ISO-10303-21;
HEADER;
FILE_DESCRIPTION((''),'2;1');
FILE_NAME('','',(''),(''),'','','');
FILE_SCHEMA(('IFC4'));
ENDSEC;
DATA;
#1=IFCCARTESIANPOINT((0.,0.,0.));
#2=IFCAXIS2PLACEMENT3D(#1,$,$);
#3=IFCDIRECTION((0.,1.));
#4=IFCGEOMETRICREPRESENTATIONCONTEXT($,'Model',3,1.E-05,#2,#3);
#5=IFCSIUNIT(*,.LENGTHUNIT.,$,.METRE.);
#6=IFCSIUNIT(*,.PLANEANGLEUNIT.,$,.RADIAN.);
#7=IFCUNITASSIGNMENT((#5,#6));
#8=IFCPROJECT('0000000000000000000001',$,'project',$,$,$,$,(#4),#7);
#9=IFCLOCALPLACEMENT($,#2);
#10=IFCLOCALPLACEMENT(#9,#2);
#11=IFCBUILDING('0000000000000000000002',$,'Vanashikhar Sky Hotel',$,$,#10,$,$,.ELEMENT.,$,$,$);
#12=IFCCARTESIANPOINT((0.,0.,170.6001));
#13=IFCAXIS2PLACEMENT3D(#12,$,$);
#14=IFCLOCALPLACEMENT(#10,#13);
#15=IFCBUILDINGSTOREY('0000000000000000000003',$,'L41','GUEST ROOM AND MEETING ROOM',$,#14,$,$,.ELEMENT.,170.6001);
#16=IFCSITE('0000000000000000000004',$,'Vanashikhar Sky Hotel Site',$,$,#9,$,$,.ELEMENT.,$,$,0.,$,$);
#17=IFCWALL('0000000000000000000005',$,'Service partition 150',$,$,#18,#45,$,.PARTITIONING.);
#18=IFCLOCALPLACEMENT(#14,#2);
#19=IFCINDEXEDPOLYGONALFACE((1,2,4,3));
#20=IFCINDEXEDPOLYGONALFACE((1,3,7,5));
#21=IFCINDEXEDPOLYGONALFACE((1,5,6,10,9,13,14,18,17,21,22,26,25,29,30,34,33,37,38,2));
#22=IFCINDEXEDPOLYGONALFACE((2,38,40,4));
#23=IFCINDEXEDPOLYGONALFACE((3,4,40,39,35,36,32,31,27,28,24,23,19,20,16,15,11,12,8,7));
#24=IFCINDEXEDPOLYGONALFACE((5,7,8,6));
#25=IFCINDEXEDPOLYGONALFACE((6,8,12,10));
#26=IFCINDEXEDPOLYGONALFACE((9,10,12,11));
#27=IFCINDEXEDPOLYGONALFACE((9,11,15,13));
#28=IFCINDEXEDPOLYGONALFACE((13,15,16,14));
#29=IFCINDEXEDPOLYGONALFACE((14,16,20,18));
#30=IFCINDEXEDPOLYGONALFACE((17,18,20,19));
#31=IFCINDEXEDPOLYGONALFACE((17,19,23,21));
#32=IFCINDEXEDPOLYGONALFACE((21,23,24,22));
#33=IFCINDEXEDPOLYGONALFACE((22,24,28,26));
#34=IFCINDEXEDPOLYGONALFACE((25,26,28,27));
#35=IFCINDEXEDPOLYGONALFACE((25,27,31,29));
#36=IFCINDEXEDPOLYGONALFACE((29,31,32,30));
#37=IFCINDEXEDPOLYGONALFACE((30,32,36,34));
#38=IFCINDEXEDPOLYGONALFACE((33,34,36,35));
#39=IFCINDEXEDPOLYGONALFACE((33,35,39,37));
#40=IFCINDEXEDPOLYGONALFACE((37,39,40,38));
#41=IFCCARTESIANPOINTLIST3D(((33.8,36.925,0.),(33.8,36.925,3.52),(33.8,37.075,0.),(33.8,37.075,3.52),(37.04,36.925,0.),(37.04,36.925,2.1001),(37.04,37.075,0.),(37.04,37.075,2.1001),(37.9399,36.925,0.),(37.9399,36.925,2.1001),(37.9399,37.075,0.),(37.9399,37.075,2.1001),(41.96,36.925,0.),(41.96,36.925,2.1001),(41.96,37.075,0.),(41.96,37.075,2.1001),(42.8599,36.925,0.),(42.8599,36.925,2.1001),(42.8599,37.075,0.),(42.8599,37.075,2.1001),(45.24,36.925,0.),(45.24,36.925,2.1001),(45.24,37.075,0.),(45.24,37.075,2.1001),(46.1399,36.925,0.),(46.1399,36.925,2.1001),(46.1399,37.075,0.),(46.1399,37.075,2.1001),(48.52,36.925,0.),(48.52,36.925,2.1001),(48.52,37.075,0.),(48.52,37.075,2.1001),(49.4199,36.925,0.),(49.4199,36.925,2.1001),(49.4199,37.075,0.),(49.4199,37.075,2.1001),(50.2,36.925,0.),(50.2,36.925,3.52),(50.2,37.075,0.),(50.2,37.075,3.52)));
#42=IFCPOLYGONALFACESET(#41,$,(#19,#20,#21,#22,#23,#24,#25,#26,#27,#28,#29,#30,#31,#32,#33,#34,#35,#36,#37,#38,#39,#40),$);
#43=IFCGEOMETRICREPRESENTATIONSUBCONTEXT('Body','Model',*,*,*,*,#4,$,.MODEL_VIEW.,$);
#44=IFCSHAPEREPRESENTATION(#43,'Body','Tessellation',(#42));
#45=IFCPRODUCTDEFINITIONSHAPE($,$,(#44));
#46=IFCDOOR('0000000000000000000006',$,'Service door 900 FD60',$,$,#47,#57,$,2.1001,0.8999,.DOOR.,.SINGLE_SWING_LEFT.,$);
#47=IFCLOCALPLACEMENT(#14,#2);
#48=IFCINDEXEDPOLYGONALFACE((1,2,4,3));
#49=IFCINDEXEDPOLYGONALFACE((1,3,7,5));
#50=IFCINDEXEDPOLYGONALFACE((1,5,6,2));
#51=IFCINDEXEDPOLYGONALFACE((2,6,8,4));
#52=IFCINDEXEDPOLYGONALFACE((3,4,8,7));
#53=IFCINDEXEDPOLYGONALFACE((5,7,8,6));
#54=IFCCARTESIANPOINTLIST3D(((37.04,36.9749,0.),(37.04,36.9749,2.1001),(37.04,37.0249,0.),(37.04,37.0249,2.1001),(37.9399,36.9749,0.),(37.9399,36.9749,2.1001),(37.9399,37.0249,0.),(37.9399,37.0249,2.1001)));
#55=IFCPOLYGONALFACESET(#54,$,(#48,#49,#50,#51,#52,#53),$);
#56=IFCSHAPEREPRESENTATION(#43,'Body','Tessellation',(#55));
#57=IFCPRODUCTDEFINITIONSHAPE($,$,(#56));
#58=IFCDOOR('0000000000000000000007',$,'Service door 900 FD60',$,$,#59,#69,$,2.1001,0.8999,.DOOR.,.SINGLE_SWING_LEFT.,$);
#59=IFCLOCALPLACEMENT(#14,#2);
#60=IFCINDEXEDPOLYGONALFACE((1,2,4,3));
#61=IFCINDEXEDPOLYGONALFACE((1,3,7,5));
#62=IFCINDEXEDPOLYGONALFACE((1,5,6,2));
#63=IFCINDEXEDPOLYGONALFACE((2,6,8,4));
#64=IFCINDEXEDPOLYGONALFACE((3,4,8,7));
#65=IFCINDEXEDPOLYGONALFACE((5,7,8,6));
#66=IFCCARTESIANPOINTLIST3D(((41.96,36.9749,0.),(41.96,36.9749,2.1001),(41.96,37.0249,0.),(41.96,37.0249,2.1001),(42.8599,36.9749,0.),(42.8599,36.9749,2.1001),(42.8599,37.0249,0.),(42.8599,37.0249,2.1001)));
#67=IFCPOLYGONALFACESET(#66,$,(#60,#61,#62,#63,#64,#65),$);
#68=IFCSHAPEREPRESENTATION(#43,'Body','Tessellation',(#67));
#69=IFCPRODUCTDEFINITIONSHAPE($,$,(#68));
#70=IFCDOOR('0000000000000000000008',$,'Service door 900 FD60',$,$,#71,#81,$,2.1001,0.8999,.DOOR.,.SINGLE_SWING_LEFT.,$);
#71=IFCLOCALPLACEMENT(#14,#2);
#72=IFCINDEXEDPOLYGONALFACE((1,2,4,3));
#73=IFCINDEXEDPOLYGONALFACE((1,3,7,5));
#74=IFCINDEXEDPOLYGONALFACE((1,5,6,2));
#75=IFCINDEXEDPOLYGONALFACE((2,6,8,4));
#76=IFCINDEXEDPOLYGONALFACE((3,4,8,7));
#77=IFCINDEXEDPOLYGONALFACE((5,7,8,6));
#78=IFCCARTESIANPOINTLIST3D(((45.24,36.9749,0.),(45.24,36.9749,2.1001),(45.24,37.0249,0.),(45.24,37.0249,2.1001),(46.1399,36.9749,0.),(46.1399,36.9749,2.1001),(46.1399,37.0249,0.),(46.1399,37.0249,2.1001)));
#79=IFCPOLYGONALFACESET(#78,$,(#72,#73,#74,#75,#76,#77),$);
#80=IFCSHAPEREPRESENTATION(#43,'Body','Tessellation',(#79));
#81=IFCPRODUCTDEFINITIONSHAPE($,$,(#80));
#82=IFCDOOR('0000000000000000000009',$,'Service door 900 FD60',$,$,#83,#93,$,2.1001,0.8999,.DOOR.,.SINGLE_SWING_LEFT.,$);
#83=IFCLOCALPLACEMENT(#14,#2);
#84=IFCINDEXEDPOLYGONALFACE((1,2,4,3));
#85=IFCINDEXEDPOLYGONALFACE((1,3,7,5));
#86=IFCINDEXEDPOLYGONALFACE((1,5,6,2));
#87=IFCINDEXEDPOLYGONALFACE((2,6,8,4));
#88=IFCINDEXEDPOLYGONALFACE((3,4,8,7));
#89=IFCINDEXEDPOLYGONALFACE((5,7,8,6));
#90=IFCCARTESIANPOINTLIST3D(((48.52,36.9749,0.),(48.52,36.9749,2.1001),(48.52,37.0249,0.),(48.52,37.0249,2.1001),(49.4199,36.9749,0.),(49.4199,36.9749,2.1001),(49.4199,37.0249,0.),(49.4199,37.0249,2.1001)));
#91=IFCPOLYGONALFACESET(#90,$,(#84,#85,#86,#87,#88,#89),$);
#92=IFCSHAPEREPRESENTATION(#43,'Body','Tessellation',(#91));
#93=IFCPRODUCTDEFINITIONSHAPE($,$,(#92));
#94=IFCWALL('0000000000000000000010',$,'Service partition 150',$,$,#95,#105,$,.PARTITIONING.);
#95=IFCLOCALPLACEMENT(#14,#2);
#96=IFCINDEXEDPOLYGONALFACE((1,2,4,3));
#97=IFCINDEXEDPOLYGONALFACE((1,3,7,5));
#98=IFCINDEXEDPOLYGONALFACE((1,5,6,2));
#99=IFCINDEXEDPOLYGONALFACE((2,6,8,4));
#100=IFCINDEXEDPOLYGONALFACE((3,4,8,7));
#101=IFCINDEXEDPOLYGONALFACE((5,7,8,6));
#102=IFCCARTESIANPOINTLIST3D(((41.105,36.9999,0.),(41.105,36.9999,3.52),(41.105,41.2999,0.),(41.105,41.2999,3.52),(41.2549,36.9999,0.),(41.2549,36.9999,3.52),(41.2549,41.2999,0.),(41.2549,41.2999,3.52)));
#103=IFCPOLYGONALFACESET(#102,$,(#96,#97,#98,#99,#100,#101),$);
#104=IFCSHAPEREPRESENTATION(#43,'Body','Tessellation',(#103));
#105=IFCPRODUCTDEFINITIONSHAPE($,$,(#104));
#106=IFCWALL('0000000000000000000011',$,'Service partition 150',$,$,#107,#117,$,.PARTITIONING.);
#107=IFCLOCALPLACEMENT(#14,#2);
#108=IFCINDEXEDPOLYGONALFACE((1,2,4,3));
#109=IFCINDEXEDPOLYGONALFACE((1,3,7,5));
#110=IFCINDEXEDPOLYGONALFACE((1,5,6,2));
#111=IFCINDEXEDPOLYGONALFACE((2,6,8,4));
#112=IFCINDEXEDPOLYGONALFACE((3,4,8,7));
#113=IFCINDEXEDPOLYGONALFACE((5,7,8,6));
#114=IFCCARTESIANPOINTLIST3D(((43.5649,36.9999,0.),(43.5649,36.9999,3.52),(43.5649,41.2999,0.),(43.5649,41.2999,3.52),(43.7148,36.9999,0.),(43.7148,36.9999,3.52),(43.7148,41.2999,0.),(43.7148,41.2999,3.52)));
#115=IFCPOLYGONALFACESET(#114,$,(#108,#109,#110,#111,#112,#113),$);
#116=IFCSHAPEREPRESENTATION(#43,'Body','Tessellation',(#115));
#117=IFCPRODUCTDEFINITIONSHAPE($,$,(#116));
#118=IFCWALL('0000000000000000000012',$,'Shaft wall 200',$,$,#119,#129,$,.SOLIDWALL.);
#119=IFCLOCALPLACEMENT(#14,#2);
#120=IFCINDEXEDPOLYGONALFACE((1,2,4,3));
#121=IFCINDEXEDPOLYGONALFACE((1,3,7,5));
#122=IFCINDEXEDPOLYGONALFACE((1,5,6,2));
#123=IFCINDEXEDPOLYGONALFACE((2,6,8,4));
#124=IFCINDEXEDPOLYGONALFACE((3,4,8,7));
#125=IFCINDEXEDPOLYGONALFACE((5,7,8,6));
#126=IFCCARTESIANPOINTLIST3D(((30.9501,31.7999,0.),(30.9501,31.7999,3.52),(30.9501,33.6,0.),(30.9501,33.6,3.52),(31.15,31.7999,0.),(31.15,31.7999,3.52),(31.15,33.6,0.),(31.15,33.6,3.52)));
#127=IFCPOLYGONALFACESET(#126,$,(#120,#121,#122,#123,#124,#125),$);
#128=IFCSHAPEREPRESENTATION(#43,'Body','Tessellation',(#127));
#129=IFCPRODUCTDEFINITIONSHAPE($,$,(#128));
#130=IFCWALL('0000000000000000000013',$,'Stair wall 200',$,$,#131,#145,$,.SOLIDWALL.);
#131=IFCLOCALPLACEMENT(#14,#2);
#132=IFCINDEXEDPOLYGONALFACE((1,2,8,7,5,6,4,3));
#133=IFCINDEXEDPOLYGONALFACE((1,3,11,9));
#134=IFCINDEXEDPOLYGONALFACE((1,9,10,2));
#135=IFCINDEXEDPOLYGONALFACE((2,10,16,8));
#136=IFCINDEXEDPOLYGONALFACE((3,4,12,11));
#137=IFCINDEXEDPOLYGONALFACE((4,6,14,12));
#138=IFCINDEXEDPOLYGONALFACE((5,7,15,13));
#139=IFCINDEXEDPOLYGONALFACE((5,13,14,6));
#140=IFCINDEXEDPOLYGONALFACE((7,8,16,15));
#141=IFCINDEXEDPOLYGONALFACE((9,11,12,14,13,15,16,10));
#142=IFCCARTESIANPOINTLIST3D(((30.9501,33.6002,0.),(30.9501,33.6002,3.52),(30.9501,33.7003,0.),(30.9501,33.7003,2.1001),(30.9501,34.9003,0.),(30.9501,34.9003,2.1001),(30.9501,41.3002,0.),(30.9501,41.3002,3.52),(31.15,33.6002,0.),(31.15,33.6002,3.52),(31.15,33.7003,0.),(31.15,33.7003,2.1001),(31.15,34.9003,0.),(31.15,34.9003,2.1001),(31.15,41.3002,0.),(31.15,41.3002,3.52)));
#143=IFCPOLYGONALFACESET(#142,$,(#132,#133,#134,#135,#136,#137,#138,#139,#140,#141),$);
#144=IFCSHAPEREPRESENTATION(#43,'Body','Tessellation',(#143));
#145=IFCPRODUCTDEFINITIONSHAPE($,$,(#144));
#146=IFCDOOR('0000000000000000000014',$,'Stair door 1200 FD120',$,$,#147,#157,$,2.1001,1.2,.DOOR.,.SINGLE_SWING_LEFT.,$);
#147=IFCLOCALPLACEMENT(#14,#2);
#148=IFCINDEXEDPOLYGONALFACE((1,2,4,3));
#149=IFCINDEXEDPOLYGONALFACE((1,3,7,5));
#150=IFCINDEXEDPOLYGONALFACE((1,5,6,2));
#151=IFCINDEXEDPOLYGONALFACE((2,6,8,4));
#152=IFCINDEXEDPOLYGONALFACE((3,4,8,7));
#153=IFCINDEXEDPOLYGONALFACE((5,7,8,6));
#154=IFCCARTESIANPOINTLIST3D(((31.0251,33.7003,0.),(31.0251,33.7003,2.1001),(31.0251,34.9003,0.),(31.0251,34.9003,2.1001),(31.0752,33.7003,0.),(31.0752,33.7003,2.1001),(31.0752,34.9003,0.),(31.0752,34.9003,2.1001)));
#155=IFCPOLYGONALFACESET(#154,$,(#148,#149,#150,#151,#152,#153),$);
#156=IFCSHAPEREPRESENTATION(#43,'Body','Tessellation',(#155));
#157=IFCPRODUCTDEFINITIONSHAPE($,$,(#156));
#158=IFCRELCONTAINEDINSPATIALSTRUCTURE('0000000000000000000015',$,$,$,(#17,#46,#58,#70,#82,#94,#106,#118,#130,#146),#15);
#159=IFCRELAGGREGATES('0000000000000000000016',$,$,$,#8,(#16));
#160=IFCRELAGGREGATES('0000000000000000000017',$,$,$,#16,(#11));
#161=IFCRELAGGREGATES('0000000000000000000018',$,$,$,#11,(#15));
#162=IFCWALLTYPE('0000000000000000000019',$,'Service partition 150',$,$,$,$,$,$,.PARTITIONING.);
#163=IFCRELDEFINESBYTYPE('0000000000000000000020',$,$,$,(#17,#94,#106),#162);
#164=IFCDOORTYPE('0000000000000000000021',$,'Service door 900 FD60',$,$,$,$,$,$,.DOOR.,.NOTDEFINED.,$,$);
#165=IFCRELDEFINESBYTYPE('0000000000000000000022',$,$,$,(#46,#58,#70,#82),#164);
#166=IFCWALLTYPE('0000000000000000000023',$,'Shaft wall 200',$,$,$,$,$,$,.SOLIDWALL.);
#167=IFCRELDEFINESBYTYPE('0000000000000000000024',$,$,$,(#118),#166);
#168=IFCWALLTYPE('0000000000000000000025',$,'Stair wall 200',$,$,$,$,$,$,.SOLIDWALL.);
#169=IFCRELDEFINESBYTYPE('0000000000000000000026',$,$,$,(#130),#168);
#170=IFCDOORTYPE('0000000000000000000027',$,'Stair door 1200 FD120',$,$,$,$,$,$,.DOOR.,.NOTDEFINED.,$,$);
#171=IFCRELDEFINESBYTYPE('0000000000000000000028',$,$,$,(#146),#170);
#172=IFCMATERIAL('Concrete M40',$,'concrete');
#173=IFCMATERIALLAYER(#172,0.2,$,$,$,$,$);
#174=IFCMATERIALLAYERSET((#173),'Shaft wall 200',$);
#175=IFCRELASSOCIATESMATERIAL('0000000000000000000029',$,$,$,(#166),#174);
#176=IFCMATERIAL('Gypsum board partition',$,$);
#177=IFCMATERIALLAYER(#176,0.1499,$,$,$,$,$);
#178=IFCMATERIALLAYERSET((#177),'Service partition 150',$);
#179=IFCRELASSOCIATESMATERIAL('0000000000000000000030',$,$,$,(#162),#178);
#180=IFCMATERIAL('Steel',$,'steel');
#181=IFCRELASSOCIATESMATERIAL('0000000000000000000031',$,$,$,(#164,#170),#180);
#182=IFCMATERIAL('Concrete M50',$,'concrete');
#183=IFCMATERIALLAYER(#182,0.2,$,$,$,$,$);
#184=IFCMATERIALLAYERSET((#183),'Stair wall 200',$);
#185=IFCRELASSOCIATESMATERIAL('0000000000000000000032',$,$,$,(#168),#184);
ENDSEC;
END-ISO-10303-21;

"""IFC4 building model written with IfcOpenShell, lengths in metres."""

from ifc_helpers import new_model, si_unit, direction, frame, frame_2d, origin, place, context, subcontext, project, spatial, rectangle, extrude, source, transform, mapped, material, layer, layer_set, type_object, element, fill, save


model = new_model("IFC4")

# Units and contexts
model_context = context("Model", 3, precision=1e-05, world=origin(), true_north=direction((0.0, 1.0)))
body_context = subcontext(model_context, "Body", "Model", "MODEL_VIEW")
ifc_project = project(units=[si_unit("LENGTHUNIT", "METRE"), si_unit("PLANEANGLEUNIT", "RADIAN")], contexts=[model_context])

# Site, building, storey
site_placement = place(None, origin())
site = spatial("IfcSite", under=ifc_project, at=site_placement, Name="Vanashikhar Sky Hotel Site", CompositionType="ELEMENT", RefElevation=0.0)
building_placement = place(site_placement, origin())
building = spatial("IfcBuilding", under=site, at=building_placement, Name="Vanashikhar Sky Hotel", CompositionType="ELEMENT")
storey_placement = place(building_placement, frame((0.0, 0.0, 170.6001)))
storey = spatial("IfcBuildingStorey", under=building, at=storey_placement, Name="L41", Description="GUEST ROOM AND MEETING ROOM", CompositionType="ELEMENT", Elevation=170.6001)

# Shared definitions
ifc_material_1 = material(Name="Steel", Category="steel")

# Shared definitions
ifc_material_2 = material(Name="Concrete M40", Category="concrete")
ifc_layer_1 = layer(ifc_material_2, 0.2)
ifc_layer_set_1 = layer_set([ifc_layer_1], Name="Shaft wall 200")
wall_type_1 = type_object("IfcWallType", Name="Shaft wall 200", PredefinedType="SOLIDWALL", material=ifc_layer_set_1)
ifc_material_3 = material(Name="Gypsum board partition")
ifc_layer_2 = layer(ifc_material_3, 0.1499)
ifc_layer_set_2 = layer_set([ifc_layer_2], Name="Service partition 150")
wall_type_2 = type_object("IfcWallType", Name="Service partition 150", PredefinedType="PARTITIONING", material=ifc_layer_set_2)

# Wall, openings, doors
shared_shape_1 = source(origin(), body_context, "Body", "SweptSolid", [
    extrude(rectangle(XDim=0.8999, YDim=2.1001, at=frame_2d((0.45, 1.05))), frame((0.0, 0.085, 0.0), z_axis=(0.0, -1.0, 0.0), x_axis=(1.0, 0.0, 0.0)), (0.0, 0.0, 1.0), 0.1699),
])
door_type_1 = type_object("IfcDoorType", Name="Service door 900 FD60", OperationType="NOTDEFINED", PredefinedType="DOOR", material=ifc_material_1)
shared_shape_2 = source(origin(), body_context, "Body", "SweptSolid", [
    extrude(rectangle(XDim=0.8999, YDim=2.1001, at=frame_2d((0.45, 1.05))), frame((0.0, 0.0249, 0.0), z_axis=(0.0, -1.0, 0.0), x_axis=(1.0, 0.0, 0.0)), (0.0, 0.0, 1.0), 0.05),
])
shared_shape_3 = source(origin(), body_context, "Body", "SweptSolid", [
    extrude(rectangle(XDim=16.3999, YDim=0.1499, at=frame_2d((8.2, 0.0))), origin(), (0.0, 0.0, 1.0), 3.52),
])
wall_1_placement = place(storey_placement, frame((33.8, 37.0, 0.0), z_axis=(0.0, 0.0, 1.0), x_axis=(1.0, 0.0, 0.0)))
wall_1 = element("IfcWall", 1, at=wall_1_placement, inside=storey, type_object=wall_type_2, Name="Service partition 150", PredefinedType="PARTITIONING", context=body_context, shape_type="MappedRepresentation", body=[
    mapped(shared_shape_3, transform((0.0, 0.0, 0.0), scale=1.0)),
])
opening_1_placement = place(wall_1_placement, frame((3.24, 0.0, 0.0)))
opening_1 = element("IfcOpeningElement", 2, at=opening_1_placement, cuts=wall_1, PredefinedType="OPENING", context=body_context, shape_type="MappedRepresentation", body=[
    mapped(shared_shape_1, transform((0.0, 0.0, 0.0), scale=1.0)),
])
opening_2_placement = place(wall_1_placement, frame((8.1599, 0.0, 0.0)))
opening_2 = element("IfcOpeningElement", 3, at=opening_2_placement, cuts=wall_1, PredefinedType="OPENING", context=body_context, shape_type="MappedRepresentation", body=[
    mapped(shared_shape_1, transform((0.0, 0.0, 0.0), scale=1.0)),
])
opening_3_placement = place(wall_1_placement, frame((11.4399, 0.0, 0.0)))
opening_3 = element("IfcOpeningElement", 4, at=opening_3_placement, cuts=wall_1, PredefinedType="OPENING", context=body_context, shape_type="MappedRepresentation", body=[
    mapped(shared_shape_1, transform((0.0, 0.0, 0.0), scale=1.0)),
])
opening_4_placement = place(wall_1_placement, frame((14.72, 0.0, 0.0)))
opening_4 = element("IfcOpeningElement", 5, at=opening_4_placement, cuts=wall_1, PredefinedType="OPENING", context=body_context, shape_type="MappedRepresentation", body=[
    mapped(shared_shape_1, transform((0.0, 0.0, 0.0), scale=1.0)),
])
door_1_placement = place(opening_1_placement, origin())
door_1 = element("IfcDoor", 6, at=door_1_placement, inside=storey, type_object=door_type_1, Name="Service door 900 FD60", OperationType="SINGLE_SWING_LEFT", OverallHeight=2.1001, OverallWidth=0.8999, PredefinedType="DOOR", context=body_context, shape_type="MappedRepresentation", body=[
    mapped(shared_shape_2, transform((0.0, 0.0, 0.0), scale=1.0)),
])
fill(opening_1, door_1)
door_2_placement = place(opening_2_placement, origin())
door_2 = element("IfcDoor", 7, at=door_2_placement, inside=storey, type_object=door_type_1, Name="Service door 900 FD60", OperationType="SINGLE_SWING_LEFT", OverallHeight=2.1001, OverallWidth=0.8999, PredefinedType="DOOR", context=body_context, shape_type="MappedRepresentation", body=[
    mapped(shared_shape_2, transform((0.0, 0.0, 0.0), scale=1.0)),
])
fill(opening_2, door_2)
door_3_placement = place(opening_3_placement, origin())
door_3 = element("IfcDoor", 8, at=door_3_placement, inside=storey, type_object=door_type_1, Name="Service door 900 FD60", OperationType="SINGLE_SWING_LEFT", OverallHeight=2.1001, OverallWidth=0.8999, PredefinedType="DOOR", context=body_context, shape_type="MappedRepresentation", body=[
    mapped(shared_shape_2, transform((0.0, 0.0, 0.0), scale=1.0)),
])
fill(opening_3, door_3)
door_4_placement = place(opening_4_placement, origin())
door_4 = element("IfcDoor", 9, at=door_4_placement, inside=storey, type_object=door_type_1, Name="Service door 900 FD60", OperationType="SINGLE_SWING_LEFT", OverallHeight=2.1001, OverallWidth=0.8999, PredefinedType="DOOR", context=body_context, shape_type="MappedRepresentation", body=[
    mapped(shared_shape_2, transform((0.0, 0.0, 0.0), scale=1.0)),
])
fill(opening_4, door_4)

# Walls
shared_shape_4 = source(origin(), body_context, "Body", "SweptSolid", [
    extrude(rectangle(XDim=4.3, YDim=0.1499, at=frame_2d((2.1499, 0.0))), origin(), (0.0, 0.0, 1.0), 3.52),
])
for number, where, z_axis, x_axis, name in (
    (10, (41.1799, 37.0, 0.0), (0.0, 0.0, 1.0), (0.0, 1.0, 0.0), "Service partition 150"),
    (11, (43.6399, 37.0, 0.0), (0.0, 0.0, 1.0), (0.0, 1.0, 0.0), "Service partition 150"),
):
    element("IfcWall", number, at=place(storey_placement, frame(where, z_axis=z_axis, x_axis=x_axis)), inside=storey, type_object=wall_type_2, Name=name, PredefinedType="PARTITIONING", context=body_context, shape_type="MappedRepresentation", body=[
        mapped(shared_shape_4, transform((0.0, 0.0, 0.0), scale=1.0)),
    ])
shared_shape_5 = source(origin(), body_context, "Body", "SweptSolid", [
    extrude(rectangle(XDim=1.8, YDim=0.2, at=frame_2d((0.8999, 0.0))), origin(), (0.0, 0.0, 1.0), 3.52),
])
wall_2_placement = place(storey_placement, frame((31.05, 31.8, 0.0), z_axis=(0.0, 0.0, 1.0), x_axis=(0.0, 1.0, 0.0)))
element("IfcWall", 12, at=wall_2_placement, inside=storey, type_object=wall_type_1, Name="Shaft wall 200", PredefinedType="SOLIDWALL", context=body_context, shape_type="MappedRepresentation", body=[
    mapped(shared_shape_5, transform((0.0, 0.0, 0.0), scale=1.0)),
])

# Wall, opening, door
ifc_material_4 = material(Name="Concrete M50", Category="concrete")
ifc_layer_3 = layer(ifc_material_4, 0.2)
ifc_layer_set_3 = layer_set([ifc_layer_3], Name="Stair wall 200")
wall_type_3 = type_object("IfcWallType", Name="Stair wall 200", PredefinedType="SOLIDWALL", material=ifc_layer_set_3)
shared_shape_6 = source(origin(), body_context, "Body", "SweptSolid", [
    extrude(rectangle(XDim=7.7, YDim=0.2, at=frame_2d((3.8501, 0.0))), origin(), (0.0, 0.0, 1.0), 3.52),
])
wall_3_placement = place(storey_placement, frame((31.05, 33.6001, 0.0), z_axis=(0.0, 0.0, 1.0), x_axis=(0.0, 1.0, 0.0)))
wall_3 = element("IfcWall", 13, at=wall_3_placement, inside=storey, type_object=wall_type_3, Name="Stair wall 200", PredefinedType="SOLIDWALL", context=body_context, shape_type="MappedRepresentation", body=[
    mapped(shared_shape_6, transform((0.0, 0.0, 0.0), scale=1.0)),
])
shared_shape_7 = source(origin(), body_context, "Body", "SweptSolid", [
    extrude(rectangle(XDim=1.2, YDim=2.1001, at=frame_2d((0.6001, 1.05))), frame((0.0, 0.1099, 0.0), z_axis=(0.0, -1.0, 0.0), x_axis=(1.0, 0.0, 0.0)), (0.0, 0.0, 1.0), 0.22),
])
opening_5_placement = place(wall_3_placement, frame((0.1001, 0.0, 0.0)))
opening_5 = element("IfcOpeningElement", 14, at=opening_5_placement, cuts=wall_3, PredefinedType="OPENING", context=body_context, shape_type="MappedRepresentation", body=[
    mapped(shared_shape_7, transform((0.0, 0.0, 0.0), scale=1.0)),
])
door_type_2 = type_object("IfcDoorType", Name="Stair door 1200 FD120", OperationType="NOTDEFINED", PredefinedType="DOOR", material=ifc_material_1)
shared_shape_8 = source(origin(), body_context, "Body", "SweptSolid", [
    extrude(rectangle(XDim=1.2, YDim=2.1001, at=frame_2d((0.6001, 1.05))), frame((0.0, 0.0249, 0.0), z_axis=(0.0, -1.0, 0.0), x_axis=(1.0, 0.0, 0.0)), (0.0, 0.0, 1.0), 0.05),
])
door_5_placement = place(opening_5_placement, origin())
door_5 = element("IfcDoor", 15, at=door_5_placement, inside=storey, type_object=door_type_2, Name="Stair door 1200 FD120", OperationType="SINGLE_SWING_LEFT", OverallHeight=2.1001, OverallWidth=1.2, PredefinedType="DOOR", context=body_context, shape_type="MappedRepresentation", body=[
    mapped(shared_shape_8, transform((0.0, 0.0, 0.0), scale=1.0)),
])
fill(opening_5, door_5)

save(model, "model.ifc")
